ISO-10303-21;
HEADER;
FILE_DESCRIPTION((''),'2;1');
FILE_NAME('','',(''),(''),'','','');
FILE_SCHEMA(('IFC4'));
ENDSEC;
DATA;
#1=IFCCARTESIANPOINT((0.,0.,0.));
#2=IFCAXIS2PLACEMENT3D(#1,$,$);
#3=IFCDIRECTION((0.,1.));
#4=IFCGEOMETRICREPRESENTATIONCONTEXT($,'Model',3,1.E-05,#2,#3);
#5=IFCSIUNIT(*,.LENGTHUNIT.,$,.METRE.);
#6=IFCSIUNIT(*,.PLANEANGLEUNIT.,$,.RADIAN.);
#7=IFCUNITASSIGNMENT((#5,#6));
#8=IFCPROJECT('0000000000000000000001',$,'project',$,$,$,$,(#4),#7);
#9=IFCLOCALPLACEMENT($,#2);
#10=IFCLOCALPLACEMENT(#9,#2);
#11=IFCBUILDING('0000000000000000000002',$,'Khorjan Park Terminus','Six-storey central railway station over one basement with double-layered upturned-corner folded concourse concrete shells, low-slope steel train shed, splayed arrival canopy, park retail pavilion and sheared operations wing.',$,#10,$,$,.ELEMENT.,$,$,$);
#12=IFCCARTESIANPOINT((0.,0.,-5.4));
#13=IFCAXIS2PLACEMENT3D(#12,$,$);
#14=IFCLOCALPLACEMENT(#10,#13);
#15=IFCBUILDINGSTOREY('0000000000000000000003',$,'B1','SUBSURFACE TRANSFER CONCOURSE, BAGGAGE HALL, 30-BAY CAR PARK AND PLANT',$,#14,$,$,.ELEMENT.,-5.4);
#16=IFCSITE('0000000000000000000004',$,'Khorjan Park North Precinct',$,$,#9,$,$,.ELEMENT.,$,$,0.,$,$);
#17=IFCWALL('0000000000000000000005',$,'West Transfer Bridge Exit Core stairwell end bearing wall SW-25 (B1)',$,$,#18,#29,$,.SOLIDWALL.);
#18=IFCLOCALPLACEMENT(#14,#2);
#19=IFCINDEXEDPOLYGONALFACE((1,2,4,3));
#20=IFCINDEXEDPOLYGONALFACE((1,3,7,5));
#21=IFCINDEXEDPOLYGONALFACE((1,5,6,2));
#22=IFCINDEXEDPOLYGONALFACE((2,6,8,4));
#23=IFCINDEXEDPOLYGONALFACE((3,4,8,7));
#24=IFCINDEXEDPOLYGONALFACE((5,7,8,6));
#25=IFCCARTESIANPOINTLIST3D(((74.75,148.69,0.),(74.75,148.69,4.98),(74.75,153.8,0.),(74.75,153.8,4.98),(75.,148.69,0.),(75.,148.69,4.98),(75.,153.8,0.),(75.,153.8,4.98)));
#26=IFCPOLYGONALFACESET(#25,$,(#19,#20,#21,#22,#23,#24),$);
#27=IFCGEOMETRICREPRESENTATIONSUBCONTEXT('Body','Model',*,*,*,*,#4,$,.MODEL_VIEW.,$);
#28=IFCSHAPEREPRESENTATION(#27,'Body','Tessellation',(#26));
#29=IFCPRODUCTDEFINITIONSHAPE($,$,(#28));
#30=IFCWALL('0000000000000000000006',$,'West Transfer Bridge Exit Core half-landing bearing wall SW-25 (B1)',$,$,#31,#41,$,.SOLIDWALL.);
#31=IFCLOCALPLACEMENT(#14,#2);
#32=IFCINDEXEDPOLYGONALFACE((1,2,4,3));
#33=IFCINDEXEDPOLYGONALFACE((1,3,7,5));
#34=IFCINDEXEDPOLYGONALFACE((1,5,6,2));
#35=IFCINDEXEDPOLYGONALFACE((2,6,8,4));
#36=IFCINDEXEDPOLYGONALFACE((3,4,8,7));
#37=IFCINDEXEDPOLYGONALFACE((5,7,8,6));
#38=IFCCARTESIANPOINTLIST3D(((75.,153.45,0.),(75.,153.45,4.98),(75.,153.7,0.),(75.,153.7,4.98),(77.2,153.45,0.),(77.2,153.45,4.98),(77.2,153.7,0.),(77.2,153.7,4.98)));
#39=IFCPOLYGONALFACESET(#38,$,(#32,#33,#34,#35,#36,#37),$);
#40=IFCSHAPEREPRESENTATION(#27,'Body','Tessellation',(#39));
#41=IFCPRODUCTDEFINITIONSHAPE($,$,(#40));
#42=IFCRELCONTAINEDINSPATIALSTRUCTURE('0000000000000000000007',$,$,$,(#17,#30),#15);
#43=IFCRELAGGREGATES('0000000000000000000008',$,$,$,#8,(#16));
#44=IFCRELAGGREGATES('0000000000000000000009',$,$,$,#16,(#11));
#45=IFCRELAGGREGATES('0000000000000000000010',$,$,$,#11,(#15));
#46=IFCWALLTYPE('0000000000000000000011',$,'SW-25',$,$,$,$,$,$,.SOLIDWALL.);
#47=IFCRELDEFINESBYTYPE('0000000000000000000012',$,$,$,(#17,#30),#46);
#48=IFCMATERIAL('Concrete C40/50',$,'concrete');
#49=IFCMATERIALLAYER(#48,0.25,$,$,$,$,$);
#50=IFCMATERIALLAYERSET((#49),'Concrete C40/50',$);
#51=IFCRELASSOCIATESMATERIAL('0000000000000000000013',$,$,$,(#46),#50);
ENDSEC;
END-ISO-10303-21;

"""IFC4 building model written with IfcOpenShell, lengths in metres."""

from ifc_helpers import new_model, si_unit, direction, frame, frame_2d, origin, place, context, subcontext, project, spatial, rectangle, extrude, material, layer, layer_set, type_object, element, save


model = new_model("IFC4")

# Units and contexts
model_context = context("Model", 3, precision=1e-05, world=origin(), true_north=direction((0.0, 1.0)))
body_context = subcontext(model_context, "Body", "Model", "MODEL_VIEW")
ifc_project = project(units=[si_unit("LENGTHUNIT", "METRE"), si_unit("PLANEANGLEUNIT", "RADIAN")], contexts=[model_context])

# Site, building, storey
site_placement = place(None, origin())
site = spatial("IfcSite", under=ifc_project, at=site_placement, Name="Khorjan Park North Precinct", CompositionType="ELEMENT", RefElevation=0.0)
building_placement = place(site_placement, origin())
building = spatial("IfcBuilding", under=site, at=building_placement, Name="Khorjan Park Terminus", Description="Six-storey central railway station over one basement with double-layered upturned-corner folded concourse concrete shells, low-slope steel train shed, splayed arrival canopy, park retail pavilion and sheared operations wing.", CompositionType="ELEMENT")
storey_placement = place(building_placement, frame((0.0, 0.0, -5.4)))
storey = spatial("IfcBuildingStorey", under=building, at=storey_placement, Name="B1", Description="SUBSURFACE TRANSFER CONCOURSE, BAGGAGE HALL, 30-BAY CAR PARK AND PLANT", CompositionType="ELEMENT", Elevation=-5.4)

# Shared definitions
ifc_material_1 = material(Name="Concrete C40/50", Category="concrete")

# Walls
ifc_layer_1 = layer(ifc_material_1, 0.25)
ifc_layer_set_1 = layer_set([ifc_layer_1], Name="Concrete C40/50")
wall_type_1 = type_object("IfcWallType", Name="SW-25", PredefinedType="SOLIDWALL", material=ifc_layer_set_1)
wall_1_placement = place(storey_placement, frame((74.875, 153.8, 0.0), z_axis=(0.0, 0.0, 1.0), x_axis=(0.0, -1.0, 0.0)))
element("IfcWall", 1, at=wall_1_placement, inside=storey, type_object=wall_type_1, Name="West Transfer Bridge Exit Core stairwell end bearing wall SW-25 (B1)", PredefinedType="SOLIDWALL", context=body_context, shape_type="SweptSolid", body=[
    extrude(rectangle(XDim=5.11, YDim=0.25, at=frame_2d((2.555, 0.0))), origin(), (0.0, 0.0, 1.0), 4.98),
])
wall_2_placement = place(storey_placement, frame((77.2, 153.575, 0.0), z_axis=(0.0, 0.0, 1.0), x_axis=(-1.0, 0.0, 0.0)))
element("IfcWall", 2, at=wall_2_placement, inside=storey, type_object=wall_type_1, Name="West Transfer Bridge Exit Core half-landing bearing wall SW-25 (B1)", PredefinedType="SOLIDWALL", context=body_context, shape_type="SweptSolid", body=[
    extrude(rectangle(XDim=2.2, YDim=0.25, at=frame_2d((1.1, 0.0))), origin(), (0.0, 0.0, 1.0), 4.98),
])

save(model, "model.ifc")
